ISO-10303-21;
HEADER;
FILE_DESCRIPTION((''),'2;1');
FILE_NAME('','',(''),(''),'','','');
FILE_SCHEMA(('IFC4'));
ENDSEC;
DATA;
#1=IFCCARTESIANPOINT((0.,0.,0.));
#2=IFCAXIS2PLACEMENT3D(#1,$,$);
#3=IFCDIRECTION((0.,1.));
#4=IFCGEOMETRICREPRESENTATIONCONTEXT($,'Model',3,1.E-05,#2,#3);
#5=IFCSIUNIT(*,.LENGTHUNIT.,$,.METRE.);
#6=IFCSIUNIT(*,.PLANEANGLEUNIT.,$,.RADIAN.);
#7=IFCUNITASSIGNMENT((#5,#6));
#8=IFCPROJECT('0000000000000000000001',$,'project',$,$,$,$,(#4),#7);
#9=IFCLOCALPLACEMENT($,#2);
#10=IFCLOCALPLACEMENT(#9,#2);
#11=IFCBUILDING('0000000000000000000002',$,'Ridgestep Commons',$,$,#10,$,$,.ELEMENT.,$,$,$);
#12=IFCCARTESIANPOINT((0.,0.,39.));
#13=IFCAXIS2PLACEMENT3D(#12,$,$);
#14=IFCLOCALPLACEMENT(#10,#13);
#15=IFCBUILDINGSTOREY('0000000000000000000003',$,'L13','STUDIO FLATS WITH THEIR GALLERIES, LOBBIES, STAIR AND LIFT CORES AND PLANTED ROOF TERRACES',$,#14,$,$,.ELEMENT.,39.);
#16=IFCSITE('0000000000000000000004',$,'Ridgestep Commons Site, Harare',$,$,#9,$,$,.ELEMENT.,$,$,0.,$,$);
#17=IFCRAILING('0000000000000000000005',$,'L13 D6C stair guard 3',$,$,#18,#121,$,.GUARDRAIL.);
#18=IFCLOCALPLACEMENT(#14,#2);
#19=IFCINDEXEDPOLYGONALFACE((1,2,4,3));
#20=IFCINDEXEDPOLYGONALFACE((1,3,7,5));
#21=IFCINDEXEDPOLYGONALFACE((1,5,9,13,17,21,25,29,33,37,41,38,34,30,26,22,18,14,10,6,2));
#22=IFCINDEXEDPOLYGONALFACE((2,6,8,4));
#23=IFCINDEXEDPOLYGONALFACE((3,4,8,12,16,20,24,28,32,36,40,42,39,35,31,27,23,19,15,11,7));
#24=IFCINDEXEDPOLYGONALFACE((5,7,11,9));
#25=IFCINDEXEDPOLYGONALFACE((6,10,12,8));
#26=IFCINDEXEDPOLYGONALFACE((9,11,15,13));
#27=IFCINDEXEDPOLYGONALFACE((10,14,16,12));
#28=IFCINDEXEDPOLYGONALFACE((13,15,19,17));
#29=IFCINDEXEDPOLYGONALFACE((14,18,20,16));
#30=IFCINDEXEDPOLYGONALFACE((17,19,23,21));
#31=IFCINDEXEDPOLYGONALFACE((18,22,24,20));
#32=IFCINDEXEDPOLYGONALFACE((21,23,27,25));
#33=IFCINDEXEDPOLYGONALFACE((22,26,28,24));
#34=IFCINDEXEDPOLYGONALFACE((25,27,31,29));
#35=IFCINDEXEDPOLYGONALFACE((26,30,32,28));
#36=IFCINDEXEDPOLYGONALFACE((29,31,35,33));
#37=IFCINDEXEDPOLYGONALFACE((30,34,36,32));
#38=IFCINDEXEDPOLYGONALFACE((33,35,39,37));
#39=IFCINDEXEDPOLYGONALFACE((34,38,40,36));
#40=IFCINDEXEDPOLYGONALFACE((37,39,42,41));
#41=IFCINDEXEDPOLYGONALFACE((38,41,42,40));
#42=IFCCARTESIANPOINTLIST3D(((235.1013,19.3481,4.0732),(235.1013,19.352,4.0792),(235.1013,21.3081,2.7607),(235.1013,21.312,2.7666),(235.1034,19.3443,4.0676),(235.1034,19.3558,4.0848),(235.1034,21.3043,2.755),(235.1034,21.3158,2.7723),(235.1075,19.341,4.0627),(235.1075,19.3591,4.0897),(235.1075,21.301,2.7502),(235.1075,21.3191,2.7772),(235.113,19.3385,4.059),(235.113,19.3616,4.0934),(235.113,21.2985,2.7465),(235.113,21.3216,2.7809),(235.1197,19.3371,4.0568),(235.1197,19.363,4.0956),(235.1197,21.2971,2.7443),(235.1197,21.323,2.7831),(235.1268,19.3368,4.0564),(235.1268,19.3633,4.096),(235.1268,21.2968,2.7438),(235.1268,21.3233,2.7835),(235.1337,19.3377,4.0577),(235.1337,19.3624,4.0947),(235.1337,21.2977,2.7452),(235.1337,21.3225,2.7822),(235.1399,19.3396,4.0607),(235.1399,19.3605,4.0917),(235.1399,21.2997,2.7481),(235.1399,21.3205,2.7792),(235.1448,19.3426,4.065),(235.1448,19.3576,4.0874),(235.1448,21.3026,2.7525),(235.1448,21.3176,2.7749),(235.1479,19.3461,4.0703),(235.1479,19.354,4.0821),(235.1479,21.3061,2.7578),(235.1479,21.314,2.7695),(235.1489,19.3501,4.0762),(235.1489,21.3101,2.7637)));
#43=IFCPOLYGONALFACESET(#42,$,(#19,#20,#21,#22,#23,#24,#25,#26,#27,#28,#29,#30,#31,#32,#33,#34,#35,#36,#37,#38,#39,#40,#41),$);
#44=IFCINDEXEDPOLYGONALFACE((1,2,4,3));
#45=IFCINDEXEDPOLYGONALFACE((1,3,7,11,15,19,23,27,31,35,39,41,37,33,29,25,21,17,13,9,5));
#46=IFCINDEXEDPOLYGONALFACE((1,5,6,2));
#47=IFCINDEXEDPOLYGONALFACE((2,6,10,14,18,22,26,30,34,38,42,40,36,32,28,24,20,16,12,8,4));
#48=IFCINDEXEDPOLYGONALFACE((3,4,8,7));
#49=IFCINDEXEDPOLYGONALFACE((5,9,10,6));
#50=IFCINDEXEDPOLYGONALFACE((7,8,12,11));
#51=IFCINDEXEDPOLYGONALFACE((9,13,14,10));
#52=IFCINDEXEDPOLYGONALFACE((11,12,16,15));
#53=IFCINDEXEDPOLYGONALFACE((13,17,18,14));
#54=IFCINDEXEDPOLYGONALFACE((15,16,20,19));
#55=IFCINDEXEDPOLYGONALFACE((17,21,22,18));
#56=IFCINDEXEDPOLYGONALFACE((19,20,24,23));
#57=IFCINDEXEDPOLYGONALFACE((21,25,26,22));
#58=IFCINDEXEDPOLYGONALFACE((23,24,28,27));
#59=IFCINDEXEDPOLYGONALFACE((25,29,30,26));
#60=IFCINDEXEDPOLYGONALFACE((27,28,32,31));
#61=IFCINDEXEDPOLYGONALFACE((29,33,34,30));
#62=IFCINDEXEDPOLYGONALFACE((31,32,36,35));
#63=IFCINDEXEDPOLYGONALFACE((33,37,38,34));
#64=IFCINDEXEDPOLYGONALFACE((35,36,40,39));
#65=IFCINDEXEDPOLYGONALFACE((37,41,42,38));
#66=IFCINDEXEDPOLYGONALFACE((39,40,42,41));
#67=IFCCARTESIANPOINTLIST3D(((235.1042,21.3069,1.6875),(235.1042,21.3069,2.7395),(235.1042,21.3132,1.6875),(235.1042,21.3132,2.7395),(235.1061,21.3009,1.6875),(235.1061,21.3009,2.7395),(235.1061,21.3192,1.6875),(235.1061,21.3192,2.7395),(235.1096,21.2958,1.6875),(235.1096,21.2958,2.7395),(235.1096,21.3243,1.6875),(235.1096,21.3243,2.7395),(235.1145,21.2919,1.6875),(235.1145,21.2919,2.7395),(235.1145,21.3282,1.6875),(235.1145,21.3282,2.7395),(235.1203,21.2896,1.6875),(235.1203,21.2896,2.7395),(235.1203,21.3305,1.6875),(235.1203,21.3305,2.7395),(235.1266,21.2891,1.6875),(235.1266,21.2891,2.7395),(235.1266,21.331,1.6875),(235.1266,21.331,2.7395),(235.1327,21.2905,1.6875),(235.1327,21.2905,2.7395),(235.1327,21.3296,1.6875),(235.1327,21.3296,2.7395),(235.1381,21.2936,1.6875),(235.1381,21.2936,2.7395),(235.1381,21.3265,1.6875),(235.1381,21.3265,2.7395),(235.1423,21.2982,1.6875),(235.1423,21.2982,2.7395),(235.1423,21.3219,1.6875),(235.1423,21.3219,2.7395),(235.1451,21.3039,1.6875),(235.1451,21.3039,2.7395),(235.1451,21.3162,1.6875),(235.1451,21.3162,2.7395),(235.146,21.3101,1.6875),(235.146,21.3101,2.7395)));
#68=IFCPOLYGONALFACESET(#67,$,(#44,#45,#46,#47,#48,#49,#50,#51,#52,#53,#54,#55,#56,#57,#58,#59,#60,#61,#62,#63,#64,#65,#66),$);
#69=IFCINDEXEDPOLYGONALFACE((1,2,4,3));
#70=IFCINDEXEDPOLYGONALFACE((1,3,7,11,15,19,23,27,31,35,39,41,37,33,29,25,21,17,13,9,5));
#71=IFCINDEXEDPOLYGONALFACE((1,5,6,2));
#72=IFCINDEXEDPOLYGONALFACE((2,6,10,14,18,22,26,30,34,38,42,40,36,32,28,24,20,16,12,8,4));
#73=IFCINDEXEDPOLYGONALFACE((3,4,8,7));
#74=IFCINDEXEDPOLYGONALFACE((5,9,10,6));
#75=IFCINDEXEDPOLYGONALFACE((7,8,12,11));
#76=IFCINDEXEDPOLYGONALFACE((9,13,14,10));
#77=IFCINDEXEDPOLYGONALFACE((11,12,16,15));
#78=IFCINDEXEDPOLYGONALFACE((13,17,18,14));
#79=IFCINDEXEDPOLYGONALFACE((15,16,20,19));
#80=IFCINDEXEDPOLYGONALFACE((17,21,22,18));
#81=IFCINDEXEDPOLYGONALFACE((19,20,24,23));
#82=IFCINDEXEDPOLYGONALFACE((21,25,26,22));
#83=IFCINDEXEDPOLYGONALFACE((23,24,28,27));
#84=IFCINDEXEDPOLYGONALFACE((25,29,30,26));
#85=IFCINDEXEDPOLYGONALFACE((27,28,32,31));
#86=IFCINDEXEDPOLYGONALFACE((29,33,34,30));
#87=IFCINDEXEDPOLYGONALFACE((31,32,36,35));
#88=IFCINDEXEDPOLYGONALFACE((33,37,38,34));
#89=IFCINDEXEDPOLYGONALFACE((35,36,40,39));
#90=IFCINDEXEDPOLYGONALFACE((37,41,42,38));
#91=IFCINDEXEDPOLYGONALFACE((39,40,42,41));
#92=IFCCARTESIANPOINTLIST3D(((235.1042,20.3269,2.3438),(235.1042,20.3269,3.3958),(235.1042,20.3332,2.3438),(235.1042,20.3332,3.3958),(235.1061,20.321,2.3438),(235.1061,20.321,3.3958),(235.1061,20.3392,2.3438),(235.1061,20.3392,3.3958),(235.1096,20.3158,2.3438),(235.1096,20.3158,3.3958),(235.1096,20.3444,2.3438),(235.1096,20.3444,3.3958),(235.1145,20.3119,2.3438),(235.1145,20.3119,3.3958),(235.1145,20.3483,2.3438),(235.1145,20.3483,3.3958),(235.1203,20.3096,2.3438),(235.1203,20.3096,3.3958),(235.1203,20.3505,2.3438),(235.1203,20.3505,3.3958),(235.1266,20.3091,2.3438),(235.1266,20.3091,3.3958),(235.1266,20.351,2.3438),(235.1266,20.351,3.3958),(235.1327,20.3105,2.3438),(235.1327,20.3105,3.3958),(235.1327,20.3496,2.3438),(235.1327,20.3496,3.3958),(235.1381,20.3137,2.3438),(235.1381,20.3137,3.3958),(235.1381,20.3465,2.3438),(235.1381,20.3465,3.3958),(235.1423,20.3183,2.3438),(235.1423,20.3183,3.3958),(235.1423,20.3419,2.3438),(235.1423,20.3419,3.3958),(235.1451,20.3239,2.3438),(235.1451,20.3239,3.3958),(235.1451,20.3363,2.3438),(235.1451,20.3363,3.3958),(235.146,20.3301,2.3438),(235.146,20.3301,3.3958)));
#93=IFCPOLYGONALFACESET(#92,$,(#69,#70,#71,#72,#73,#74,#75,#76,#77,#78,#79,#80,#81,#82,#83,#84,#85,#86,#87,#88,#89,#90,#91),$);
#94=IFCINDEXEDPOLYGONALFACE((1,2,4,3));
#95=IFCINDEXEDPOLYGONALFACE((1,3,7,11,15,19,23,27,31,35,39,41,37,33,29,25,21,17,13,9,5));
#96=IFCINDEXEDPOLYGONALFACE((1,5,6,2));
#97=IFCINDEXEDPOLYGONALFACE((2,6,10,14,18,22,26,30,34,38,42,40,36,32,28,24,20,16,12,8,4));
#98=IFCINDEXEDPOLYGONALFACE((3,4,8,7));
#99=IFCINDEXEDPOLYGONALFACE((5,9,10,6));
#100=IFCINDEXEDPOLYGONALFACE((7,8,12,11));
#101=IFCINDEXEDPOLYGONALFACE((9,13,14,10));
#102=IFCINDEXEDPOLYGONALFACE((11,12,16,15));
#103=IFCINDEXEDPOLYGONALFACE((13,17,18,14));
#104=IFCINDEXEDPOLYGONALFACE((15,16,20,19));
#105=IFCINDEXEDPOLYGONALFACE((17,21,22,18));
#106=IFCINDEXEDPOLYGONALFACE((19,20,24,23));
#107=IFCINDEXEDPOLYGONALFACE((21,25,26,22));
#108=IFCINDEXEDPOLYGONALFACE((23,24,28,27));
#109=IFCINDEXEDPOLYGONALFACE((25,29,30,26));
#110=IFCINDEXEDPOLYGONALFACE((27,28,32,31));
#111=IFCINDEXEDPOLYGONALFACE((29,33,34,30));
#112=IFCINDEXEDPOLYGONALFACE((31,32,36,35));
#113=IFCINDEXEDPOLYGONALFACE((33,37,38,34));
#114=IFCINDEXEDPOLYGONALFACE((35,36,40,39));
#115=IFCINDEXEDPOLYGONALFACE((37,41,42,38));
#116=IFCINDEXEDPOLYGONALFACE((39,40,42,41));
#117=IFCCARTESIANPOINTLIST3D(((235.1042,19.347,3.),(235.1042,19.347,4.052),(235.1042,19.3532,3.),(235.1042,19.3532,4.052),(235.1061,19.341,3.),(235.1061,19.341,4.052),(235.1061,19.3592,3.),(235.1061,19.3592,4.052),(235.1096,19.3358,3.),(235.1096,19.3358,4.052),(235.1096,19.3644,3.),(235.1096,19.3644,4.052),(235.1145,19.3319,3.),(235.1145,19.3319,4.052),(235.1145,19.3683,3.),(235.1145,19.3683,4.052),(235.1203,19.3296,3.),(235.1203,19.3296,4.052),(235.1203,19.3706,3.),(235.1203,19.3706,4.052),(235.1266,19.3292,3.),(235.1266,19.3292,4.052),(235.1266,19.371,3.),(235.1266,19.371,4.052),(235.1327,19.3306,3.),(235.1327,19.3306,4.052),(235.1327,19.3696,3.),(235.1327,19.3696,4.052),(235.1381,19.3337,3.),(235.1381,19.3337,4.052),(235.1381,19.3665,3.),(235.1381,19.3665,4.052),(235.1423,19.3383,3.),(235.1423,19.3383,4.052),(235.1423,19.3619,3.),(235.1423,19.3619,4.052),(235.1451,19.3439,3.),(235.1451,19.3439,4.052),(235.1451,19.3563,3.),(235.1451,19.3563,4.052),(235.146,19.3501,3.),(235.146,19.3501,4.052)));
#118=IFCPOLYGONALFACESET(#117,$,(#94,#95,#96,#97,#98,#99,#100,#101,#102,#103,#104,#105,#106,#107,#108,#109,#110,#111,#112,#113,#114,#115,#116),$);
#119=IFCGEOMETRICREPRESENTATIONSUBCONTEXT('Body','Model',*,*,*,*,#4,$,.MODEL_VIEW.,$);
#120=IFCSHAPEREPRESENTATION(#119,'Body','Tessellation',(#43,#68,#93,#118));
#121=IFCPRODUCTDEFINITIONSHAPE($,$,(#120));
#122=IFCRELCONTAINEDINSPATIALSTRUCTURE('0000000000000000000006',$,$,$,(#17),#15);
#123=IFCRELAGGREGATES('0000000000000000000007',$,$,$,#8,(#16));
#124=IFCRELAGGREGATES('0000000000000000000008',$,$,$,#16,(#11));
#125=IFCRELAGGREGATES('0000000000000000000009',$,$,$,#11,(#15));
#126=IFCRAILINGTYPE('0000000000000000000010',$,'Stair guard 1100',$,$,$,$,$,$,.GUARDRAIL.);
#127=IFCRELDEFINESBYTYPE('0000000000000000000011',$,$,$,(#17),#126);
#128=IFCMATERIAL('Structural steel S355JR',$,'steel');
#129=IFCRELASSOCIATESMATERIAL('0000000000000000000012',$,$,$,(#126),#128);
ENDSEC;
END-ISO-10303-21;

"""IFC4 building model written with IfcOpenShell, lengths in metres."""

from ifc_helpers import new_model, si_unit, direction, frame, origin, origin_2d, place, context, subcontext, project, spatial, circle, extrude, material, type_object, element, save


model = new_model("IFC4")

# Units and contexts
model_context = context("Model", 3, precision=1e-05, world=origin(), true_north=direction((0.0, 1.0)))
body_context = subcontext(model_context, "Body", "Model", "MODEL_VIEW")
ifc_project = project(units=[si_unit("LENGTHUNIT", "METRE"), si_unit("PLANEANGLEUNIT", "RADIAN")], contexts=[model_context])

# Site, building, storey
site_placement = place(None, origin())
site = spatial("IfcSite", under=ifc_project, at=site_placement, Name="Ridgestep Commons Site, Harare", CompositionType="ELEMENT", RefElevation=0.0)
building_placement = place(site_placement, origin())
building = spatial("IfcBuilding", under=site, at=building_placement, Name="Ridgestep Commons", CompositionType="ELEMENT")
storey_placement = place(building_placement, frame((0.0, 0.0, 39.0)))
storey = spatial("IfcBuildingStorey", under=building, at=storey_placement, Name="L13", Description="STUDIO FLATS WITH THEIR GALLERIES, LOBBIES, STAIR AND LIFT CORES AND PLANTED ROOF TERRACES", CompositionType="ELEMENT", Elevation=39.0)

# Railing
ifc_material_1 = material(Name="Structural steel S355JR", Category="steel")
railing_type_1 = type_object("IfcRailingType", Name="Stair guard 1100", PredefinedType="GUARDRAIL", material=ifc_material_1)
railing_1_placement = place(storey_placement, frame((235.125, 21.3101, 1.6875)))
element("IfcRailing", 1, at=railing_1_placement, inside=storey, type_object=railing_type_1, Name="L13 D6C stair guard 3", PredefinedType="GUARDRAIL", context=body_context, shape_type="SweptSolid", body=[
    extrude(circle(Radius=0.0239, at=origin_2d()), frame((0.0, 0.0, 1.0762), z_axis=(0.0, -0.830902, 0.556419), x_axis=(1.0, 0.0, 0.0)), (0.0, 0.0, 1.0), 2.3589),
    extrude(circle(Radius=0.021, at=origin_2d()), origin(), (0.0, 0.0, 1.0), 1.052),
    extrude(circle(Radius=0.021, at=origin_2d()), frame((0.0, -0.98, 0.6562)), (0.0, 0.0, 1.0), 1.052),
    extrude(circle(Radius=0.021, at=origin_2d()), frame((0.0, -1.96, 1.3125)), (0.0, 0.0, 1.0), 1.052),
])

save(model, "model.ifc")
